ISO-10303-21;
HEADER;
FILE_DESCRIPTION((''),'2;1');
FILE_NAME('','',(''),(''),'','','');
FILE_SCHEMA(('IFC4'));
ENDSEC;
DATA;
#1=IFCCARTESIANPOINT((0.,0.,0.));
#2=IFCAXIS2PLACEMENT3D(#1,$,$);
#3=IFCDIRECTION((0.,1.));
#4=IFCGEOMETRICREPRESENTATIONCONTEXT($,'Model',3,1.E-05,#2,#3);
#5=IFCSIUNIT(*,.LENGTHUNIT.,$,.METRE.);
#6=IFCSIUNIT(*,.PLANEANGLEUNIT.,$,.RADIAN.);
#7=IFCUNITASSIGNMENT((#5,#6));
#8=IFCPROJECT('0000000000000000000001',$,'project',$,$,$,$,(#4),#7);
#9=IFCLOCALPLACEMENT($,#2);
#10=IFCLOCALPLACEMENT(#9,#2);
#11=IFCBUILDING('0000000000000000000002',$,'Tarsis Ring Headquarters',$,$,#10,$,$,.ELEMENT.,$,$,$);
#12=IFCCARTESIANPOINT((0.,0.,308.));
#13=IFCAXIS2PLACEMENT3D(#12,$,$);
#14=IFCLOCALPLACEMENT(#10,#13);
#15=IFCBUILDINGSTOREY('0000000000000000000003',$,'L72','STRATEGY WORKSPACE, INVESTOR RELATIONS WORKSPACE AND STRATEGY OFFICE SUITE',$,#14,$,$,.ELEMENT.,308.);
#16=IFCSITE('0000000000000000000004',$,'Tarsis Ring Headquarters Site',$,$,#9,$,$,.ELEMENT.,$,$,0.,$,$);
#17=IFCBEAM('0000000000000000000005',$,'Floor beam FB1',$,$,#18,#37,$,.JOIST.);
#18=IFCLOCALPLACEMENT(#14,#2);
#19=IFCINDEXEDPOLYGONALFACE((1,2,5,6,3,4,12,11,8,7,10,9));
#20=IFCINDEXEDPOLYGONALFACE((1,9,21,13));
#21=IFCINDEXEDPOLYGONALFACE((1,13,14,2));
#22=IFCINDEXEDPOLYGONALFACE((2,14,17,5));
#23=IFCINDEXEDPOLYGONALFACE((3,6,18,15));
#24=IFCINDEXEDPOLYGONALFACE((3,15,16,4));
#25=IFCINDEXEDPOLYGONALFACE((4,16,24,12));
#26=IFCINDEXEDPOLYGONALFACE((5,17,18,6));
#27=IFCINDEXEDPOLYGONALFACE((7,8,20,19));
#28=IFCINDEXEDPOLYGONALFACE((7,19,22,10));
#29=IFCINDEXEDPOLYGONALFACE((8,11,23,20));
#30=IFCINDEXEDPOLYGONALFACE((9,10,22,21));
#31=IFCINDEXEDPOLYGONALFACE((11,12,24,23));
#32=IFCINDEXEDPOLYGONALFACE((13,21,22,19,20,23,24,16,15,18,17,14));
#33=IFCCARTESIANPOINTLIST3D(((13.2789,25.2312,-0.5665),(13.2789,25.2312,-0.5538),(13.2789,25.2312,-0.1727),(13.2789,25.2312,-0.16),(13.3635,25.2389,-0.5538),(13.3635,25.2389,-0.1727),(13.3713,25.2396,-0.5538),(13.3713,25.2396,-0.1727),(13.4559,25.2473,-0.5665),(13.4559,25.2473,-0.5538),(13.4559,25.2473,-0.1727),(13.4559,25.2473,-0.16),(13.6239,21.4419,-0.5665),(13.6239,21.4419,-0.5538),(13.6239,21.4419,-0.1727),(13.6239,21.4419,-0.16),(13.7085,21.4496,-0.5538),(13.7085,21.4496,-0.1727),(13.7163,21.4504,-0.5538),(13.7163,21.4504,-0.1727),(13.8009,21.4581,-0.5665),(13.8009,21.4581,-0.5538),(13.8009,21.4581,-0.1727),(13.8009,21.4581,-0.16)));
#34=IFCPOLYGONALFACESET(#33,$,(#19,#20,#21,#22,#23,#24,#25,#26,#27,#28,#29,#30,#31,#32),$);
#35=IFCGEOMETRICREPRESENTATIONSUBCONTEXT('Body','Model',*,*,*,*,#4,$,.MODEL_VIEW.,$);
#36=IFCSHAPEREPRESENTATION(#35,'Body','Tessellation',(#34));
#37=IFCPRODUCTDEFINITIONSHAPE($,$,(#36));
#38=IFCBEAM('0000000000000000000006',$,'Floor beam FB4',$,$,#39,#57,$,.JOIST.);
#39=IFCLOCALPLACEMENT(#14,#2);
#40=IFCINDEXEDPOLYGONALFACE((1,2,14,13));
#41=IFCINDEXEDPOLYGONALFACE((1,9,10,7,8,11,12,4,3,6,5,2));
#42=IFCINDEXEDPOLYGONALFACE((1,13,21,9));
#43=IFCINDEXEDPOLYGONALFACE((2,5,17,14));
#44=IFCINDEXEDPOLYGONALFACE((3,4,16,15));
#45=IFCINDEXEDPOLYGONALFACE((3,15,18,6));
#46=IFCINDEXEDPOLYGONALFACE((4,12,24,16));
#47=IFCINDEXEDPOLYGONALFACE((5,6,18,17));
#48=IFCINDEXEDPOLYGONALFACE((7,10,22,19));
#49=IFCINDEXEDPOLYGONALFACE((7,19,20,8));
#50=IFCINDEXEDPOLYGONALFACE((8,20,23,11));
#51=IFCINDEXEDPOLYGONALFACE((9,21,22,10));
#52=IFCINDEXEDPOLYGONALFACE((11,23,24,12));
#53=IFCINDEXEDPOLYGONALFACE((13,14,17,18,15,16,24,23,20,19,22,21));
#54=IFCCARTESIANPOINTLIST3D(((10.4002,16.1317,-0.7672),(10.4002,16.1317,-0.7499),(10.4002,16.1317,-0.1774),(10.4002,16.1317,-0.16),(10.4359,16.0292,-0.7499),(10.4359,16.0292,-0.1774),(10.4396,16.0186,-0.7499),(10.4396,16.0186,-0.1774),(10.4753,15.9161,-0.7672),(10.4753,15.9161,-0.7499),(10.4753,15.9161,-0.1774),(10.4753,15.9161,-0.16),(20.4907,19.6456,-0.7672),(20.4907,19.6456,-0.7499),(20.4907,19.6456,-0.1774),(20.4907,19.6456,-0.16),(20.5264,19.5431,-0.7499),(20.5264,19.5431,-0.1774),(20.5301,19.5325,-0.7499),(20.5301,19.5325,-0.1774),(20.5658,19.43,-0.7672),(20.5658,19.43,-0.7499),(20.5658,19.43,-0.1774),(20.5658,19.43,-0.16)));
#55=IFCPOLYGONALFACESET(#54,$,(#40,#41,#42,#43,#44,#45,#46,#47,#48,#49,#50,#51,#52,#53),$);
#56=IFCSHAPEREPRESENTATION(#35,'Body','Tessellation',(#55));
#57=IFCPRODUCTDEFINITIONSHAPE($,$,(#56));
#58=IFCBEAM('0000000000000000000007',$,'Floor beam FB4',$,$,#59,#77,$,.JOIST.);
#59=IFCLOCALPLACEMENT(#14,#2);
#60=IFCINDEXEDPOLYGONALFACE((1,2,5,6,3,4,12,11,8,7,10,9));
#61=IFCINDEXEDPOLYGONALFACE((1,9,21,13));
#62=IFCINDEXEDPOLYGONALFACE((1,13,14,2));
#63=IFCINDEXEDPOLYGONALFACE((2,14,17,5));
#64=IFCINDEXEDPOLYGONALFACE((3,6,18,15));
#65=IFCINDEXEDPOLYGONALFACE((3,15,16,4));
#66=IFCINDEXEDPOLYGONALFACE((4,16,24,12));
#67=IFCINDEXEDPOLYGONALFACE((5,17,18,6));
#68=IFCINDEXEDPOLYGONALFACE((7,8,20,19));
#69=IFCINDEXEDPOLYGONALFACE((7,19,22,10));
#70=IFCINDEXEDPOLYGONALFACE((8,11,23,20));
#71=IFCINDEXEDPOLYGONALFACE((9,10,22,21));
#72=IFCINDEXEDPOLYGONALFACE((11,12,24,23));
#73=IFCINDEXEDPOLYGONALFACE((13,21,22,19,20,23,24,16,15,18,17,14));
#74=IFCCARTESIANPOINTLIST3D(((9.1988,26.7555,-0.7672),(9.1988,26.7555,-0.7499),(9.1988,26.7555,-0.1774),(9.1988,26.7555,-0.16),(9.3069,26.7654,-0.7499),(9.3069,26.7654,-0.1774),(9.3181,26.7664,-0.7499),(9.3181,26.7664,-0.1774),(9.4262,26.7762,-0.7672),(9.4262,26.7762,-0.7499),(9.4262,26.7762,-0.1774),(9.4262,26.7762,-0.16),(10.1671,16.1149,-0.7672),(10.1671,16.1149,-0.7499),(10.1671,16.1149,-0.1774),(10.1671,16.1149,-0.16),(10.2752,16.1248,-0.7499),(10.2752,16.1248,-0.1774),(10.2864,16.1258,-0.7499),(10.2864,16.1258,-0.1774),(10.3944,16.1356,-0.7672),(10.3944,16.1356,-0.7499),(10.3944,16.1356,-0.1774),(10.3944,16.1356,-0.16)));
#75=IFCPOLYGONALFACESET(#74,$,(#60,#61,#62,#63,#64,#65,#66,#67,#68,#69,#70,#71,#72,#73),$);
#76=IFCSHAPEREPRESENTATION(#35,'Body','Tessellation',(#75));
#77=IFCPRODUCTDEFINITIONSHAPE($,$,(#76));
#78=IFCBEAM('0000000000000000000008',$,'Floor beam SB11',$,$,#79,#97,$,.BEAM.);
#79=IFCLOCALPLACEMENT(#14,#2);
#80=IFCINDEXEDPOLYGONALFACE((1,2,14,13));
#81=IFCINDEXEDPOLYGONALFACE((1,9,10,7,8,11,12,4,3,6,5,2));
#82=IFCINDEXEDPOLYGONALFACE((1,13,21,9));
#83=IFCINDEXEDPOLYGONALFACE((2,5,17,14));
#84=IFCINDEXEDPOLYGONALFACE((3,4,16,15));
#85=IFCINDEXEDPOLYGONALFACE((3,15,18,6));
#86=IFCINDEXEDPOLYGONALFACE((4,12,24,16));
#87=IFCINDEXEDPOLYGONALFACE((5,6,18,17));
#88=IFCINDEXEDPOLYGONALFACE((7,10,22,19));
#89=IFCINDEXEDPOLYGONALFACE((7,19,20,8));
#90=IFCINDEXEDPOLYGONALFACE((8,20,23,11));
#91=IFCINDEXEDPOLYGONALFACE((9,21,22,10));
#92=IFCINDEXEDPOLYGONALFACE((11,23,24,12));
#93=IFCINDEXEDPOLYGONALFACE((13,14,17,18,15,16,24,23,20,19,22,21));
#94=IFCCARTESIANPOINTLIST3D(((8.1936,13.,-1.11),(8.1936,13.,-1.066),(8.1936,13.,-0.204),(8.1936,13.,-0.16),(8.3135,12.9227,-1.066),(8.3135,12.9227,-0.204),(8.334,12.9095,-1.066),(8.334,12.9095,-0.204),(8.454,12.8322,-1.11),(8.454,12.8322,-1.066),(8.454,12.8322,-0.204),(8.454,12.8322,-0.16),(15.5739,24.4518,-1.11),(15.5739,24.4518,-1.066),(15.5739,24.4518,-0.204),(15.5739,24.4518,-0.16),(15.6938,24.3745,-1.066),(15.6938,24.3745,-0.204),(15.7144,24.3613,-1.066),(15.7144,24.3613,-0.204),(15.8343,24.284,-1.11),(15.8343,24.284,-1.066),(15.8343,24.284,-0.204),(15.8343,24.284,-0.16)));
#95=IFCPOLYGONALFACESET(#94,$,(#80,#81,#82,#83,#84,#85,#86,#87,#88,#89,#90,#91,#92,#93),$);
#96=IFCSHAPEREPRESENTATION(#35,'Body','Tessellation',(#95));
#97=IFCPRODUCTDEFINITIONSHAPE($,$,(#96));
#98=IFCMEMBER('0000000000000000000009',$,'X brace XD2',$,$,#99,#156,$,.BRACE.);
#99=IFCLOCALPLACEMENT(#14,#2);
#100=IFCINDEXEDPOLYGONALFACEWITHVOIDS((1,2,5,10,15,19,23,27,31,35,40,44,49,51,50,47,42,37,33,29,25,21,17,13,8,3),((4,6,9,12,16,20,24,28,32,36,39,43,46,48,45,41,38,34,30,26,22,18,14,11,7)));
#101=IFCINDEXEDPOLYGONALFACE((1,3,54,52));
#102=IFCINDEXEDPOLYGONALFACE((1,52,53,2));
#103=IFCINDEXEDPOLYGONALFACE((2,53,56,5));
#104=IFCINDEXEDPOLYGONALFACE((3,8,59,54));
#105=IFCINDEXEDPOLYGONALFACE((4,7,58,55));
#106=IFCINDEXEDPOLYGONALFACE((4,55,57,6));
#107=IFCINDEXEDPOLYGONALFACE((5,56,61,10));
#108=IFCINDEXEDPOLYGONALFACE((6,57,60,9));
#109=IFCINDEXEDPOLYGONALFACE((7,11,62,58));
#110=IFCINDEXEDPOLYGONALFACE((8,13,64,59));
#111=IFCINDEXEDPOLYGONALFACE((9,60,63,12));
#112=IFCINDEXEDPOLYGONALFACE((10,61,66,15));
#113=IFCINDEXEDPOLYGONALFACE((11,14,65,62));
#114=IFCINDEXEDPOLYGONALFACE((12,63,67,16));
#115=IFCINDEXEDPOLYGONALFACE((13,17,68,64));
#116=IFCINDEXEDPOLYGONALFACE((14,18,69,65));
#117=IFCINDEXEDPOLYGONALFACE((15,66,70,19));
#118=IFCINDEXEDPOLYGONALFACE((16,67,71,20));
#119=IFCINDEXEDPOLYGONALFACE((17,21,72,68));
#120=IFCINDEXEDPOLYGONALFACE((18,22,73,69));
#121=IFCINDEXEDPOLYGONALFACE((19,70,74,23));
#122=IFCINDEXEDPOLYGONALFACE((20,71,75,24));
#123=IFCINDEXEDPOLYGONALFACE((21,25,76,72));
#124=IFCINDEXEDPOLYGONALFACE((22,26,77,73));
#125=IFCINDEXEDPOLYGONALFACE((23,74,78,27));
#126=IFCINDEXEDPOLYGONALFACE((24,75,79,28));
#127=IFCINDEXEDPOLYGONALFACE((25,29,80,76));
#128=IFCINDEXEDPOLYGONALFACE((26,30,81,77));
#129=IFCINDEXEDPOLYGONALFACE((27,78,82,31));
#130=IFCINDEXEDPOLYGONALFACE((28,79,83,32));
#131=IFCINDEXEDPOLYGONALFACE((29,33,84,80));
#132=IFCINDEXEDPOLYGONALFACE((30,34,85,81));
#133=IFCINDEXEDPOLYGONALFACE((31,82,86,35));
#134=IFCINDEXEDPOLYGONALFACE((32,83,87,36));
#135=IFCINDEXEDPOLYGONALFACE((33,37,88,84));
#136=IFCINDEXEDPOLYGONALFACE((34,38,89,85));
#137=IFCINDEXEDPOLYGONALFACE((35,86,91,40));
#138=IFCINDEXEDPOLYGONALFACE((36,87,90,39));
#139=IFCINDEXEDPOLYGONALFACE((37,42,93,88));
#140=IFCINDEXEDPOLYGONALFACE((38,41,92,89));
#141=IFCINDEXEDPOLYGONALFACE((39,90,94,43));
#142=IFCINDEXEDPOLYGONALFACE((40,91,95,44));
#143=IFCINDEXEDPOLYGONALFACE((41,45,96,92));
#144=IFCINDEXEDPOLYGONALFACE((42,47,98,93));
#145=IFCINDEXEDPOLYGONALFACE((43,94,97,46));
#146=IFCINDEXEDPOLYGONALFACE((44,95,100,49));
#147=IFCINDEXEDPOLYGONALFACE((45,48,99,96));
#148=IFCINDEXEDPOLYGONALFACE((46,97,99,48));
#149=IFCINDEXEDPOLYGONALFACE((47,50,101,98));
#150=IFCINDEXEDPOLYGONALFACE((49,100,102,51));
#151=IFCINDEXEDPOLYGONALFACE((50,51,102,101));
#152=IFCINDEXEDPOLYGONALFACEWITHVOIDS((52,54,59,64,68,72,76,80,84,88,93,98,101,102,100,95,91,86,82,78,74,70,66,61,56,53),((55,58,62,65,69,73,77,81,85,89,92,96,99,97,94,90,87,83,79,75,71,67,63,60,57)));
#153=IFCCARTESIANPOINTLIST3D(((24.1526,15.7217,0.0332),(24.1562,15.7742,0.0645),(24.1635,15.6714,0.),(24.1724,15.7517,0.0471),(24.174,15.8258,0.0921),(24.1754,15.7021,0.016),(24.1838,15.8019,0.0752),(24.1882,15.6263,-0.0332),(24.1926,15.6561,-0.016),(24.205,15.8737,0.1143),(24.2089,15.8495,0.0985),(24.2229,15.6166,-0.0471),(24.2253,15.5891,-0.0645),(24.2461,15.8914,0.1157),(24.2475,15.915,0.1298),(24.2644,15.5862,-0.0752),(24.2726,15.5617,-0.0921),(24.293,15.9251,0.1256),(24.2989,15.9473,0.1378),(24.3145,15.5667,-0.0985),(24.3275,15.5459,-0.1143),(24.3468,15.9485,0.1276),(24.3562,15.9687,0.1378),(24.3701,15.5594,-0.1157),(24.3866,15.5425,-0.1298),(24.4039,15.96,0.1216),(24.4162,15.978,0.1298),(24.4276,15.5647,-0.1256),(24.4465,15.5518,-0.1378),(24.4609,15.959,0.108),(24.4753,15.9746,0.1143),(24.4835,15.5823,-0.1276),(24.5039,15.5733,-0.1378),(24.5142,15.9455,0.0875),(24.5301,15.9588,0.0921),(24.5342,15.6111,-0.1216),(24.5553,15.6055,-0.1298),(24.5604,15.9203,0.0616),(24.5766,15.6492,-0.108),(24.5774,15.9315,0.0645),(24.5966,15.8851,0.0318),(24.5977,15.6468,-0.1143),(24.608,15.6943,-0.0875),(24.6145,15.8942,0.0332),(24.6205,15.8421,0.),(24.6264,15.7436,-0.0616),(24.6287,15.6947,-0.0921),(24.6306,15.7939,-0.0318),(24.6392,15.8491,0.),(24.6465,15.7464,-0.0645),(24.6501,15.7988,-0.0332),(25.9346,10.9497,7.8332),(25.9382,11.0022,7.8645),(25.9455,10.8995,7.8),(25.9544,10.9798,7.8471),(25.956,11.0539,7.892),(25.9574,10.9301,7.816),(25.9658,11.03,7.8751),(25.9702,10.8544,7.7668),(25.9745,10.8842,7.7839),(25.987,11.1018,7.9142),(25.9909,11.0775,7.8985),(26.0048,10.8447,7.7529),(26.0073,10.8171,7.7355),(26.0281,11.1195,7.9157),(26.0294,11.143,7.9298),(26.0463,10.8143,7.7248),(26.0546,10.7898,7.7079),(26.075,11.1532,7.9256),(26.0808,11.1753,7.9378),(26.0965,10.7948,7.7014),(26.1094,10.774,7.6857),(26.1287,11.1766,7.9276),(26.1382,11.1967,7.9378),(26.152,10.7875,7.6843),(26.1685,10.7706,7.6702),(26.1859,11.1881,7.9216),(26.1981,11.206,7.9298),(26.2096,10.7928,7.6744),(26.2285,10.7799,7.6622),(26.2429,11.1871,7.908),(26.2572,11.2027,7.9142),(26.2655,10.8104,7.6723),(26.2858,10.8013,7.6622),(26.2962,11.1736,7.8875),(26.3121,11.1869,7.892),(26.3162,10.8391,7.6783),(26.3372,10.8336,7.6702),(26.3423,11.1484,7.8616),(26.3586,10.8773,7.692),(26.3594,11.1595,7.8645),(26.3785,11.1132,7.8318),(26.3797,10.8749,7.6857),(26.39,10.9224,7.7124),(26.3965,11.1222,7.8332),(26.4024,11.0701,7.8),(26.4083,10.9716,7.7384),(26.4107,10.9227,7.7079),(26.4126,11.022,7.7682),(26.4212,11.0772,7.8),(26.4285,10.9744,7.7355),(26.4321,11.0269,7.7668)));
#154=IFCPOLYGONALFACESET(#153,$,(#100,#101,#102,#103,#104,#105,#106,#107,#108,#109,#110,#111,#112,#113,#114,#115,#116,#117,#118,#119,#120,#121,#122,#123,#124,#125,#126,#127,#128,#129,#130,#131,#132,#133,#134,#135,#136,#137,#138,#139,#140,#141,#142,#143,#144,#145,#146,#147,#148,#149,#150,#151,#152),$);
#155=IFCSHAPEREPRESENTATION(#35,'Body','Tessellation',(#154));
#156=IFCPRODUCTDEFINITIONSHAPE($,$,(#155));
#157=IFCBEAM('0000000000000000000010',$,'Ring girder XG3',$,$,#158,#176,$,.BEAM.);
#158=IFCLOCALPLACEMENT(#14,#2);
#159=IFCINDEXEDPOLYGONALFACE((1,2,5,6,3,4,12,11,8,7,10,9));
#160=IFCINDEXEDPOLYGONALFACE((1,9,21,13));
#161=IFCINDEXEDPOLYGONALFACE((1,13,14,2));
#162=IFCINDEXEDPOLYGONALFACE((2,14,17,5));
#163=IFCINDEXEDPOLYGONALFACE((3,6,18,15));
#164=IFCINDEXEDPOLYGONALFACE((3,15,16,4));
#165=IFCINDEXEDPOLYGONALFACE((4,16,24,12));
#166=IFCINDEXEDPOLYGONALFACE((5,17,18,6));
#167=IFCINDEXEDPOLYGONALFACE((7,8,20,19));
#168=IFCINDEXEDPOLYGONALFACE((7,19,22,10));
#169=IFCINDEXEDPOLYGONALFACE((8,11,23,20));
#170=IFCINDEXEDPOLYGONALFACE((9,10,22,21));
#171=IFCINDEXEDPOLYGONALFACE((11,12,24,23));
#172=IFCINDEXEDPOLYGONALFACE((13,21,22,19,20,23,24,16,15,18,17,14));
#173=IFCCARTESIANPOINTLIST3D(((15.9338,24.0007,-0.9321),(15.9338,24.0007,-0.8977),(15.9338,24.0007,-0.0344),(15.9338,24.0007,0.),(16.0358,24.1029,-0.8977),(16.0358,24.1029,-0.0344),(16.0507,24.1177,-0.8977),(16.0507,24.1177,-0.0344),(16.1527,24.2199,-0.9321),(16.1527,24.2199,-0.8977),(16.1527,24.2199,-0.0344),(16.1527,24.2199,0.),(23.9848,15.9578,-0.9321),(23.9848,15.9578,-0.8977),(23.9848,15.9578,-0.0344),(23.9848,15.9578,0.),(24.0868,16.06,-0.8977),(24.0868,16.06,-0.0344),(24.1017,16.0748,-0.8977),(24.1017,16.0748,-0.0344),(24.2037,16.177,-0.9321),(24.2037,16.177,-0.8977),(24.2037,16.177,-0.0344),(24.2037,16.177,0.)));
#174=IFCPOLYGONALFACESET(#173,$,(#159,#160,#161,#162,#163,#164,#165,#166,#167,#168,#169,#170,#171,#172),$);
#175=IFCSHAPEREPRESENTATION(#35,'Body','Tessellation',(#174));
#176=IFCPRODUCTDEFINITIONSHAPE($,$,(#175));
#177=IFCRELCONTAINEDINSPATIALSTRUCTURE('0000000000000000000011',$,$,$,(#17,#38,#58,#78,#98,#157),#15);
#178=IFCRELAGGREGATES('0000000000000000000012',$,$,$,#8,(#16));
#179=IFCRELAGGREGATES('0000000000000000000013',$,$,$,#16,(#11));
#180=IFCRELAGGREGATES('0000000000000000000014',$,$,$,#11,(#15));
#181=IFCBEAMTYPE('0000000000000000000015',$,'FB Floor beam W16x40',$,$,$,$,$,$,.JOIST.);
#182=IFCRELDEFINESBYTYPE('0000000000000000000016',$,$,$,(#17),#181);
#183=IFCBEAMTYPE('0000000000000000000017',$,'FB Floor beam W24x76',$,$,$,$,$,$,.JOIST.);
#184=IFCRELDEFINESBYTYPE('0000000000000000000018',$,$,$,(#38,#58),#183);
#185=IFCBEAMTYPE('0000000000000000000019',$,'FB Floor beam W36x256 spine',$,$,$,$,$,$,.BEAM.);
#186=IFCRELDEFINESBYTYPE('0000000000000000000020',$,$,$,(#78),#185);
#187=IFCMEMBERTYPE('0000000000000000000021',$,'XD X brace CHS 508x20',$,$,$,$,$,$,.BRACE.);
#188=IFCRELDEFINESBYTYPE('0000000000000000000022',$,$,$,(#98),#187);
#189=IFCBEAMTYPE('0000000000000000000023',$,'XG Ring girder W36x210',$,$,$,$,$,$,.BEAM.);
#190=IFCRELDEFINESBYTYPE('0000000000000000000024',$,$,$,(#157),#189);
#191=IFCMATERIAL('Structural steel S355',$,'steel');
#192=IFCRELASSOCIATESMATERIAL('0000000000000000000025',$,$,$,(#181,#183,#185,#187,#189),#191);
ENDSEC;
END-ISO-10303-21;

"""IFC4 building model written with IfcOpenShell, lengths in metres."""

from ifc_helpers import new_model, si_unit, direction, frame, origin, origin_2d, place, context, subcontext, project, spatial, hollow_circle, i_section, extrude, material, material_profile, profile_set, type_object, element, save


model = new_model("IFC4")

# Units and contexts
model_context = context("Model", 3, precision=1e-05, world=origin(), true_north=direction((0.0, 1.0)))
body_context = subcontext(model_context, "Body", "Model", "MODEL_VIEW")
ifc_project = project(units=[si_unit("LENGTHUNIT", "METRE"), si_unit("PLANEANGLEUNIT", "RADIAN")], contexts=[model_context])

# Site, building, storey
site_placement = place(None, origin())
site = spatial("IfcSite", under=ifc_project, at=site_placement, Name="Tarsis Ring Headquarters Site", CompositionType="ELEMENT", RefElevation=0.0)
building_placement = place(site_placement, origin())
building = spatial("IfcBuilding", under=site, at=building_placement, Name="Tarsis Ring Headquarters", CompositionType="ELEMENT")
storey_placement = place(building_placement, frame((0.0, 0.0, 308.0)))
storey = spatial("IfcBuildingStorey", under=building, at=storey_placement, Name="L72", Description="STRATEGY WORKSPACE, INVESTOR RELATIONS WORKSPACE AND STRATEGY OFFICE SUITE", CompositionType="ELEMENT", Elevation=308.0)

# Shared definitions
ifc_material_1 = material(Name="Structural steel S355", Category="steel")

# Beams
ifc_material_profile_1 = material_profile(ifc_material_1, i_section(OverallWidth=0.1777, OverallDepth=0.4065, WebThickness=0.0078, FlangeThickness=0.0127, at=origin_2d()), Name="W16x40")
ifc_profile_set_1 = profile_set([ifc_material_profile_1], Name="Structural steel S355")
beam_type_1 = type_object("IfcBeamType", Name="FB Floor beam W16x40", PredefinedType="JOIST", material=ifc_profile_set_1)
beam_1_placement = place(storey_placement, frame((13.3674, 25.2393, -0.3633), z_axis=(0.090663, -0.995882, 0.0), x_axis=(0.995882, 0.090663, 0.0)))
element("IfcBeam", 1, at=beam_1_placement, inside=storey, type_object=beam_type_1, Name="Floor beam FB1", PredefinedType="JOIST", context=body_context, shape_type="SweptSolid", body=[
    extrude(i_section(OverallWidth=0.1777, OverallDepth=0.4065, WebThickness=0.0078, FlangeThickness=0.0127, at=origin_2d()), origin(), (0.0, 0.0, 1.0), 3.8049),
])
ifc_material_profile_2 = material_profile(ifc_material_1, i_section(OverallWidth=0.2283, OverallDepth=0.6072, WebThickness=0.0112, FlangeThickness=0.0173, at=origin_2d()), Name="W24x76")
ifc_profile_set_2 = profile_set([ifc_material_profile_2], Name="Structural steel S355")
beam_type_2 = type_object("IfcBeamType", Name="FB Floor beam W24x76", PredefinedType="JOIST", material=ifc_profile_set_2)
beam_2_placement = place(storey_placement, frame((10.4377, 16.0239, -0.4636), z_axis=(0.944376, 0.328867, 0.0), x_axis=(-0.328867, 0.944376, 0.0)))
element("IfcBeam", 2, at=beam_2_placement, inside=storey, type_object=beam_type_2, Name="Floor beam FB4", PredefinedType="JOIST", context=body_context, shape_type="SweptSolid", body=[
    extrude(i_section(OverallWidth=0.2283, OverallDepth=0.6072, WebThickness=0.0112, FlangeThickness=0.0173, at=origin_2d()), origin(), (0.0, 0.0, 1.0), 10.6848),
])
beam_3_placement = place(storey_placement, frame((9.3125, 26.7659, -0.4636), z_axis=(0.090622, -0.995885, 0.0), x_axis=(0.995885, 0.090622, 0.0)))
element("IfcBeam", 3, at=beam_3_placement, inside=storey, type_object=beam_type_2, Name="Floor beam FB4", PredefinedType="JOIST", context=body_context, shape_type="SweptSolid", body=[
    extrude(i_section(OverallWidth=0.2283, OverallDepth=0.6072, WebThickness=0.0112, FlangeThickness=0.0173, at=origin_2d()), origin(), (0.0, 0.0, 1.0), 10.6846),
])
ifc_material_profile_3 = material_profile(ifc_material_1, i_section(OverallWidth=0.3098, OverallDepth=0.95, WebThickness=0.0244, FlangeThickness=0.0439, at=origin_2d()), Name="W36x256")
ifc_profile_set_3 = profile_set([ifc_material_profile_3], Name="Structural steel S355")
beam_type_3 = type_object("IfcBeamType", Name="FB Floor beam W36x256 spine", PredefinedType="BEAM", material=ifc_profile_set_3)
beam_4_placement = place(storey_placement, frame((15.7041, 24.3679, -0.635), z_axis=(-0.541715, -0.840563, 0.0), x_axis=(0.840563, -0.541715, 0.0)))
element("IfcBeam", 4, at=beam_4_placement, inside=storey, type_object=beam_type_3, Name="Floor beam SB11", PredefinedType="BEAM", context=body_context, shape_type="SweptSolid", body=[
    extrude(i_section(OverallWidth=0.3098, OverallDepth=0.95, WebThickness=0.0244, FlangeThickness=0.0439, at=origin_2d()), origin(), (0.0, 0.0, 1.0), 13.624),
])

# Member
ifc_material_profile_4 = material_profile(ifc_material_1, hollow_circle(Radius=0.2539, WallThickness=0.02, at=origin_2d()), Name="CHS 508x20")
ifc_profile_set_4 = profile_set([ifc_material_profile_4], Name="Structural steel S355")
member_type = type_object("IfcMemberType", Name="XD X brace CHS 508x20", PredefinedType="BRACE", material=ifc_profile_set_4)
member_placement = place(storey_placement, frame((24.4014, 15.7603, 0.0), z_axis=(0.191282, -0.512234, 0.837274), x_axis=(0.936813, 0.349831, 0.0)))
element("IfcMember", 5, at=member_placement, inside=storey, type_object=member_type, Name="X brace XD2", PredefinedType="BRACE", context=body_context, shape_type="SweptSolid", body=[
    extrude(hollow_circle(Radius=0.2539, WallThickness=0.02, at=origin_2d()), origin(), (0.0, 0.0, 1.0), 9.3159),
])

# Beam
ifc_material_profile_5 = material_profile(ifc_material_1, i_section(OverallWidth=0.3098, OverallDepth=0.9321, WebThickness=0.021, FlangeThickness=0.0344, at=origin_2d()), Name="W36x210")
ifc_profile_set_5 = profile_set([ifc_material_profile_5], Name="Structural steel S355")
beam_type_4 = type_object("IfcBeamType", Name="XG Ring girder W36x210", PredefinedType="BEAM", material=ifc_profile_set_5)
beam_5_placement = place(storey_placement, frame((24.0942, 16.0674, -0.4661), z_axis=(-0.707461, 0.706753, 0.0), x_axis=(-0.706753, -0.707461, 0.0)))
element("IfcBeam", 6, at=beam_5_placement, inside=storey, type_object=beam_type_4, Name="Ring girder XG3", PredefinedType="BEAM", context=body_context, shape_type="SweptSolid", body=[
    extrude(i_section(OverallWidth=0.3098, OverallDepth=0.9321, WebThickness=0.021, FlangeThickness=0.0344, at=origin_2d()), origin(), (0.0, 0.0, 1.0), 11.3801),
])

save(model, "model.ifc")
